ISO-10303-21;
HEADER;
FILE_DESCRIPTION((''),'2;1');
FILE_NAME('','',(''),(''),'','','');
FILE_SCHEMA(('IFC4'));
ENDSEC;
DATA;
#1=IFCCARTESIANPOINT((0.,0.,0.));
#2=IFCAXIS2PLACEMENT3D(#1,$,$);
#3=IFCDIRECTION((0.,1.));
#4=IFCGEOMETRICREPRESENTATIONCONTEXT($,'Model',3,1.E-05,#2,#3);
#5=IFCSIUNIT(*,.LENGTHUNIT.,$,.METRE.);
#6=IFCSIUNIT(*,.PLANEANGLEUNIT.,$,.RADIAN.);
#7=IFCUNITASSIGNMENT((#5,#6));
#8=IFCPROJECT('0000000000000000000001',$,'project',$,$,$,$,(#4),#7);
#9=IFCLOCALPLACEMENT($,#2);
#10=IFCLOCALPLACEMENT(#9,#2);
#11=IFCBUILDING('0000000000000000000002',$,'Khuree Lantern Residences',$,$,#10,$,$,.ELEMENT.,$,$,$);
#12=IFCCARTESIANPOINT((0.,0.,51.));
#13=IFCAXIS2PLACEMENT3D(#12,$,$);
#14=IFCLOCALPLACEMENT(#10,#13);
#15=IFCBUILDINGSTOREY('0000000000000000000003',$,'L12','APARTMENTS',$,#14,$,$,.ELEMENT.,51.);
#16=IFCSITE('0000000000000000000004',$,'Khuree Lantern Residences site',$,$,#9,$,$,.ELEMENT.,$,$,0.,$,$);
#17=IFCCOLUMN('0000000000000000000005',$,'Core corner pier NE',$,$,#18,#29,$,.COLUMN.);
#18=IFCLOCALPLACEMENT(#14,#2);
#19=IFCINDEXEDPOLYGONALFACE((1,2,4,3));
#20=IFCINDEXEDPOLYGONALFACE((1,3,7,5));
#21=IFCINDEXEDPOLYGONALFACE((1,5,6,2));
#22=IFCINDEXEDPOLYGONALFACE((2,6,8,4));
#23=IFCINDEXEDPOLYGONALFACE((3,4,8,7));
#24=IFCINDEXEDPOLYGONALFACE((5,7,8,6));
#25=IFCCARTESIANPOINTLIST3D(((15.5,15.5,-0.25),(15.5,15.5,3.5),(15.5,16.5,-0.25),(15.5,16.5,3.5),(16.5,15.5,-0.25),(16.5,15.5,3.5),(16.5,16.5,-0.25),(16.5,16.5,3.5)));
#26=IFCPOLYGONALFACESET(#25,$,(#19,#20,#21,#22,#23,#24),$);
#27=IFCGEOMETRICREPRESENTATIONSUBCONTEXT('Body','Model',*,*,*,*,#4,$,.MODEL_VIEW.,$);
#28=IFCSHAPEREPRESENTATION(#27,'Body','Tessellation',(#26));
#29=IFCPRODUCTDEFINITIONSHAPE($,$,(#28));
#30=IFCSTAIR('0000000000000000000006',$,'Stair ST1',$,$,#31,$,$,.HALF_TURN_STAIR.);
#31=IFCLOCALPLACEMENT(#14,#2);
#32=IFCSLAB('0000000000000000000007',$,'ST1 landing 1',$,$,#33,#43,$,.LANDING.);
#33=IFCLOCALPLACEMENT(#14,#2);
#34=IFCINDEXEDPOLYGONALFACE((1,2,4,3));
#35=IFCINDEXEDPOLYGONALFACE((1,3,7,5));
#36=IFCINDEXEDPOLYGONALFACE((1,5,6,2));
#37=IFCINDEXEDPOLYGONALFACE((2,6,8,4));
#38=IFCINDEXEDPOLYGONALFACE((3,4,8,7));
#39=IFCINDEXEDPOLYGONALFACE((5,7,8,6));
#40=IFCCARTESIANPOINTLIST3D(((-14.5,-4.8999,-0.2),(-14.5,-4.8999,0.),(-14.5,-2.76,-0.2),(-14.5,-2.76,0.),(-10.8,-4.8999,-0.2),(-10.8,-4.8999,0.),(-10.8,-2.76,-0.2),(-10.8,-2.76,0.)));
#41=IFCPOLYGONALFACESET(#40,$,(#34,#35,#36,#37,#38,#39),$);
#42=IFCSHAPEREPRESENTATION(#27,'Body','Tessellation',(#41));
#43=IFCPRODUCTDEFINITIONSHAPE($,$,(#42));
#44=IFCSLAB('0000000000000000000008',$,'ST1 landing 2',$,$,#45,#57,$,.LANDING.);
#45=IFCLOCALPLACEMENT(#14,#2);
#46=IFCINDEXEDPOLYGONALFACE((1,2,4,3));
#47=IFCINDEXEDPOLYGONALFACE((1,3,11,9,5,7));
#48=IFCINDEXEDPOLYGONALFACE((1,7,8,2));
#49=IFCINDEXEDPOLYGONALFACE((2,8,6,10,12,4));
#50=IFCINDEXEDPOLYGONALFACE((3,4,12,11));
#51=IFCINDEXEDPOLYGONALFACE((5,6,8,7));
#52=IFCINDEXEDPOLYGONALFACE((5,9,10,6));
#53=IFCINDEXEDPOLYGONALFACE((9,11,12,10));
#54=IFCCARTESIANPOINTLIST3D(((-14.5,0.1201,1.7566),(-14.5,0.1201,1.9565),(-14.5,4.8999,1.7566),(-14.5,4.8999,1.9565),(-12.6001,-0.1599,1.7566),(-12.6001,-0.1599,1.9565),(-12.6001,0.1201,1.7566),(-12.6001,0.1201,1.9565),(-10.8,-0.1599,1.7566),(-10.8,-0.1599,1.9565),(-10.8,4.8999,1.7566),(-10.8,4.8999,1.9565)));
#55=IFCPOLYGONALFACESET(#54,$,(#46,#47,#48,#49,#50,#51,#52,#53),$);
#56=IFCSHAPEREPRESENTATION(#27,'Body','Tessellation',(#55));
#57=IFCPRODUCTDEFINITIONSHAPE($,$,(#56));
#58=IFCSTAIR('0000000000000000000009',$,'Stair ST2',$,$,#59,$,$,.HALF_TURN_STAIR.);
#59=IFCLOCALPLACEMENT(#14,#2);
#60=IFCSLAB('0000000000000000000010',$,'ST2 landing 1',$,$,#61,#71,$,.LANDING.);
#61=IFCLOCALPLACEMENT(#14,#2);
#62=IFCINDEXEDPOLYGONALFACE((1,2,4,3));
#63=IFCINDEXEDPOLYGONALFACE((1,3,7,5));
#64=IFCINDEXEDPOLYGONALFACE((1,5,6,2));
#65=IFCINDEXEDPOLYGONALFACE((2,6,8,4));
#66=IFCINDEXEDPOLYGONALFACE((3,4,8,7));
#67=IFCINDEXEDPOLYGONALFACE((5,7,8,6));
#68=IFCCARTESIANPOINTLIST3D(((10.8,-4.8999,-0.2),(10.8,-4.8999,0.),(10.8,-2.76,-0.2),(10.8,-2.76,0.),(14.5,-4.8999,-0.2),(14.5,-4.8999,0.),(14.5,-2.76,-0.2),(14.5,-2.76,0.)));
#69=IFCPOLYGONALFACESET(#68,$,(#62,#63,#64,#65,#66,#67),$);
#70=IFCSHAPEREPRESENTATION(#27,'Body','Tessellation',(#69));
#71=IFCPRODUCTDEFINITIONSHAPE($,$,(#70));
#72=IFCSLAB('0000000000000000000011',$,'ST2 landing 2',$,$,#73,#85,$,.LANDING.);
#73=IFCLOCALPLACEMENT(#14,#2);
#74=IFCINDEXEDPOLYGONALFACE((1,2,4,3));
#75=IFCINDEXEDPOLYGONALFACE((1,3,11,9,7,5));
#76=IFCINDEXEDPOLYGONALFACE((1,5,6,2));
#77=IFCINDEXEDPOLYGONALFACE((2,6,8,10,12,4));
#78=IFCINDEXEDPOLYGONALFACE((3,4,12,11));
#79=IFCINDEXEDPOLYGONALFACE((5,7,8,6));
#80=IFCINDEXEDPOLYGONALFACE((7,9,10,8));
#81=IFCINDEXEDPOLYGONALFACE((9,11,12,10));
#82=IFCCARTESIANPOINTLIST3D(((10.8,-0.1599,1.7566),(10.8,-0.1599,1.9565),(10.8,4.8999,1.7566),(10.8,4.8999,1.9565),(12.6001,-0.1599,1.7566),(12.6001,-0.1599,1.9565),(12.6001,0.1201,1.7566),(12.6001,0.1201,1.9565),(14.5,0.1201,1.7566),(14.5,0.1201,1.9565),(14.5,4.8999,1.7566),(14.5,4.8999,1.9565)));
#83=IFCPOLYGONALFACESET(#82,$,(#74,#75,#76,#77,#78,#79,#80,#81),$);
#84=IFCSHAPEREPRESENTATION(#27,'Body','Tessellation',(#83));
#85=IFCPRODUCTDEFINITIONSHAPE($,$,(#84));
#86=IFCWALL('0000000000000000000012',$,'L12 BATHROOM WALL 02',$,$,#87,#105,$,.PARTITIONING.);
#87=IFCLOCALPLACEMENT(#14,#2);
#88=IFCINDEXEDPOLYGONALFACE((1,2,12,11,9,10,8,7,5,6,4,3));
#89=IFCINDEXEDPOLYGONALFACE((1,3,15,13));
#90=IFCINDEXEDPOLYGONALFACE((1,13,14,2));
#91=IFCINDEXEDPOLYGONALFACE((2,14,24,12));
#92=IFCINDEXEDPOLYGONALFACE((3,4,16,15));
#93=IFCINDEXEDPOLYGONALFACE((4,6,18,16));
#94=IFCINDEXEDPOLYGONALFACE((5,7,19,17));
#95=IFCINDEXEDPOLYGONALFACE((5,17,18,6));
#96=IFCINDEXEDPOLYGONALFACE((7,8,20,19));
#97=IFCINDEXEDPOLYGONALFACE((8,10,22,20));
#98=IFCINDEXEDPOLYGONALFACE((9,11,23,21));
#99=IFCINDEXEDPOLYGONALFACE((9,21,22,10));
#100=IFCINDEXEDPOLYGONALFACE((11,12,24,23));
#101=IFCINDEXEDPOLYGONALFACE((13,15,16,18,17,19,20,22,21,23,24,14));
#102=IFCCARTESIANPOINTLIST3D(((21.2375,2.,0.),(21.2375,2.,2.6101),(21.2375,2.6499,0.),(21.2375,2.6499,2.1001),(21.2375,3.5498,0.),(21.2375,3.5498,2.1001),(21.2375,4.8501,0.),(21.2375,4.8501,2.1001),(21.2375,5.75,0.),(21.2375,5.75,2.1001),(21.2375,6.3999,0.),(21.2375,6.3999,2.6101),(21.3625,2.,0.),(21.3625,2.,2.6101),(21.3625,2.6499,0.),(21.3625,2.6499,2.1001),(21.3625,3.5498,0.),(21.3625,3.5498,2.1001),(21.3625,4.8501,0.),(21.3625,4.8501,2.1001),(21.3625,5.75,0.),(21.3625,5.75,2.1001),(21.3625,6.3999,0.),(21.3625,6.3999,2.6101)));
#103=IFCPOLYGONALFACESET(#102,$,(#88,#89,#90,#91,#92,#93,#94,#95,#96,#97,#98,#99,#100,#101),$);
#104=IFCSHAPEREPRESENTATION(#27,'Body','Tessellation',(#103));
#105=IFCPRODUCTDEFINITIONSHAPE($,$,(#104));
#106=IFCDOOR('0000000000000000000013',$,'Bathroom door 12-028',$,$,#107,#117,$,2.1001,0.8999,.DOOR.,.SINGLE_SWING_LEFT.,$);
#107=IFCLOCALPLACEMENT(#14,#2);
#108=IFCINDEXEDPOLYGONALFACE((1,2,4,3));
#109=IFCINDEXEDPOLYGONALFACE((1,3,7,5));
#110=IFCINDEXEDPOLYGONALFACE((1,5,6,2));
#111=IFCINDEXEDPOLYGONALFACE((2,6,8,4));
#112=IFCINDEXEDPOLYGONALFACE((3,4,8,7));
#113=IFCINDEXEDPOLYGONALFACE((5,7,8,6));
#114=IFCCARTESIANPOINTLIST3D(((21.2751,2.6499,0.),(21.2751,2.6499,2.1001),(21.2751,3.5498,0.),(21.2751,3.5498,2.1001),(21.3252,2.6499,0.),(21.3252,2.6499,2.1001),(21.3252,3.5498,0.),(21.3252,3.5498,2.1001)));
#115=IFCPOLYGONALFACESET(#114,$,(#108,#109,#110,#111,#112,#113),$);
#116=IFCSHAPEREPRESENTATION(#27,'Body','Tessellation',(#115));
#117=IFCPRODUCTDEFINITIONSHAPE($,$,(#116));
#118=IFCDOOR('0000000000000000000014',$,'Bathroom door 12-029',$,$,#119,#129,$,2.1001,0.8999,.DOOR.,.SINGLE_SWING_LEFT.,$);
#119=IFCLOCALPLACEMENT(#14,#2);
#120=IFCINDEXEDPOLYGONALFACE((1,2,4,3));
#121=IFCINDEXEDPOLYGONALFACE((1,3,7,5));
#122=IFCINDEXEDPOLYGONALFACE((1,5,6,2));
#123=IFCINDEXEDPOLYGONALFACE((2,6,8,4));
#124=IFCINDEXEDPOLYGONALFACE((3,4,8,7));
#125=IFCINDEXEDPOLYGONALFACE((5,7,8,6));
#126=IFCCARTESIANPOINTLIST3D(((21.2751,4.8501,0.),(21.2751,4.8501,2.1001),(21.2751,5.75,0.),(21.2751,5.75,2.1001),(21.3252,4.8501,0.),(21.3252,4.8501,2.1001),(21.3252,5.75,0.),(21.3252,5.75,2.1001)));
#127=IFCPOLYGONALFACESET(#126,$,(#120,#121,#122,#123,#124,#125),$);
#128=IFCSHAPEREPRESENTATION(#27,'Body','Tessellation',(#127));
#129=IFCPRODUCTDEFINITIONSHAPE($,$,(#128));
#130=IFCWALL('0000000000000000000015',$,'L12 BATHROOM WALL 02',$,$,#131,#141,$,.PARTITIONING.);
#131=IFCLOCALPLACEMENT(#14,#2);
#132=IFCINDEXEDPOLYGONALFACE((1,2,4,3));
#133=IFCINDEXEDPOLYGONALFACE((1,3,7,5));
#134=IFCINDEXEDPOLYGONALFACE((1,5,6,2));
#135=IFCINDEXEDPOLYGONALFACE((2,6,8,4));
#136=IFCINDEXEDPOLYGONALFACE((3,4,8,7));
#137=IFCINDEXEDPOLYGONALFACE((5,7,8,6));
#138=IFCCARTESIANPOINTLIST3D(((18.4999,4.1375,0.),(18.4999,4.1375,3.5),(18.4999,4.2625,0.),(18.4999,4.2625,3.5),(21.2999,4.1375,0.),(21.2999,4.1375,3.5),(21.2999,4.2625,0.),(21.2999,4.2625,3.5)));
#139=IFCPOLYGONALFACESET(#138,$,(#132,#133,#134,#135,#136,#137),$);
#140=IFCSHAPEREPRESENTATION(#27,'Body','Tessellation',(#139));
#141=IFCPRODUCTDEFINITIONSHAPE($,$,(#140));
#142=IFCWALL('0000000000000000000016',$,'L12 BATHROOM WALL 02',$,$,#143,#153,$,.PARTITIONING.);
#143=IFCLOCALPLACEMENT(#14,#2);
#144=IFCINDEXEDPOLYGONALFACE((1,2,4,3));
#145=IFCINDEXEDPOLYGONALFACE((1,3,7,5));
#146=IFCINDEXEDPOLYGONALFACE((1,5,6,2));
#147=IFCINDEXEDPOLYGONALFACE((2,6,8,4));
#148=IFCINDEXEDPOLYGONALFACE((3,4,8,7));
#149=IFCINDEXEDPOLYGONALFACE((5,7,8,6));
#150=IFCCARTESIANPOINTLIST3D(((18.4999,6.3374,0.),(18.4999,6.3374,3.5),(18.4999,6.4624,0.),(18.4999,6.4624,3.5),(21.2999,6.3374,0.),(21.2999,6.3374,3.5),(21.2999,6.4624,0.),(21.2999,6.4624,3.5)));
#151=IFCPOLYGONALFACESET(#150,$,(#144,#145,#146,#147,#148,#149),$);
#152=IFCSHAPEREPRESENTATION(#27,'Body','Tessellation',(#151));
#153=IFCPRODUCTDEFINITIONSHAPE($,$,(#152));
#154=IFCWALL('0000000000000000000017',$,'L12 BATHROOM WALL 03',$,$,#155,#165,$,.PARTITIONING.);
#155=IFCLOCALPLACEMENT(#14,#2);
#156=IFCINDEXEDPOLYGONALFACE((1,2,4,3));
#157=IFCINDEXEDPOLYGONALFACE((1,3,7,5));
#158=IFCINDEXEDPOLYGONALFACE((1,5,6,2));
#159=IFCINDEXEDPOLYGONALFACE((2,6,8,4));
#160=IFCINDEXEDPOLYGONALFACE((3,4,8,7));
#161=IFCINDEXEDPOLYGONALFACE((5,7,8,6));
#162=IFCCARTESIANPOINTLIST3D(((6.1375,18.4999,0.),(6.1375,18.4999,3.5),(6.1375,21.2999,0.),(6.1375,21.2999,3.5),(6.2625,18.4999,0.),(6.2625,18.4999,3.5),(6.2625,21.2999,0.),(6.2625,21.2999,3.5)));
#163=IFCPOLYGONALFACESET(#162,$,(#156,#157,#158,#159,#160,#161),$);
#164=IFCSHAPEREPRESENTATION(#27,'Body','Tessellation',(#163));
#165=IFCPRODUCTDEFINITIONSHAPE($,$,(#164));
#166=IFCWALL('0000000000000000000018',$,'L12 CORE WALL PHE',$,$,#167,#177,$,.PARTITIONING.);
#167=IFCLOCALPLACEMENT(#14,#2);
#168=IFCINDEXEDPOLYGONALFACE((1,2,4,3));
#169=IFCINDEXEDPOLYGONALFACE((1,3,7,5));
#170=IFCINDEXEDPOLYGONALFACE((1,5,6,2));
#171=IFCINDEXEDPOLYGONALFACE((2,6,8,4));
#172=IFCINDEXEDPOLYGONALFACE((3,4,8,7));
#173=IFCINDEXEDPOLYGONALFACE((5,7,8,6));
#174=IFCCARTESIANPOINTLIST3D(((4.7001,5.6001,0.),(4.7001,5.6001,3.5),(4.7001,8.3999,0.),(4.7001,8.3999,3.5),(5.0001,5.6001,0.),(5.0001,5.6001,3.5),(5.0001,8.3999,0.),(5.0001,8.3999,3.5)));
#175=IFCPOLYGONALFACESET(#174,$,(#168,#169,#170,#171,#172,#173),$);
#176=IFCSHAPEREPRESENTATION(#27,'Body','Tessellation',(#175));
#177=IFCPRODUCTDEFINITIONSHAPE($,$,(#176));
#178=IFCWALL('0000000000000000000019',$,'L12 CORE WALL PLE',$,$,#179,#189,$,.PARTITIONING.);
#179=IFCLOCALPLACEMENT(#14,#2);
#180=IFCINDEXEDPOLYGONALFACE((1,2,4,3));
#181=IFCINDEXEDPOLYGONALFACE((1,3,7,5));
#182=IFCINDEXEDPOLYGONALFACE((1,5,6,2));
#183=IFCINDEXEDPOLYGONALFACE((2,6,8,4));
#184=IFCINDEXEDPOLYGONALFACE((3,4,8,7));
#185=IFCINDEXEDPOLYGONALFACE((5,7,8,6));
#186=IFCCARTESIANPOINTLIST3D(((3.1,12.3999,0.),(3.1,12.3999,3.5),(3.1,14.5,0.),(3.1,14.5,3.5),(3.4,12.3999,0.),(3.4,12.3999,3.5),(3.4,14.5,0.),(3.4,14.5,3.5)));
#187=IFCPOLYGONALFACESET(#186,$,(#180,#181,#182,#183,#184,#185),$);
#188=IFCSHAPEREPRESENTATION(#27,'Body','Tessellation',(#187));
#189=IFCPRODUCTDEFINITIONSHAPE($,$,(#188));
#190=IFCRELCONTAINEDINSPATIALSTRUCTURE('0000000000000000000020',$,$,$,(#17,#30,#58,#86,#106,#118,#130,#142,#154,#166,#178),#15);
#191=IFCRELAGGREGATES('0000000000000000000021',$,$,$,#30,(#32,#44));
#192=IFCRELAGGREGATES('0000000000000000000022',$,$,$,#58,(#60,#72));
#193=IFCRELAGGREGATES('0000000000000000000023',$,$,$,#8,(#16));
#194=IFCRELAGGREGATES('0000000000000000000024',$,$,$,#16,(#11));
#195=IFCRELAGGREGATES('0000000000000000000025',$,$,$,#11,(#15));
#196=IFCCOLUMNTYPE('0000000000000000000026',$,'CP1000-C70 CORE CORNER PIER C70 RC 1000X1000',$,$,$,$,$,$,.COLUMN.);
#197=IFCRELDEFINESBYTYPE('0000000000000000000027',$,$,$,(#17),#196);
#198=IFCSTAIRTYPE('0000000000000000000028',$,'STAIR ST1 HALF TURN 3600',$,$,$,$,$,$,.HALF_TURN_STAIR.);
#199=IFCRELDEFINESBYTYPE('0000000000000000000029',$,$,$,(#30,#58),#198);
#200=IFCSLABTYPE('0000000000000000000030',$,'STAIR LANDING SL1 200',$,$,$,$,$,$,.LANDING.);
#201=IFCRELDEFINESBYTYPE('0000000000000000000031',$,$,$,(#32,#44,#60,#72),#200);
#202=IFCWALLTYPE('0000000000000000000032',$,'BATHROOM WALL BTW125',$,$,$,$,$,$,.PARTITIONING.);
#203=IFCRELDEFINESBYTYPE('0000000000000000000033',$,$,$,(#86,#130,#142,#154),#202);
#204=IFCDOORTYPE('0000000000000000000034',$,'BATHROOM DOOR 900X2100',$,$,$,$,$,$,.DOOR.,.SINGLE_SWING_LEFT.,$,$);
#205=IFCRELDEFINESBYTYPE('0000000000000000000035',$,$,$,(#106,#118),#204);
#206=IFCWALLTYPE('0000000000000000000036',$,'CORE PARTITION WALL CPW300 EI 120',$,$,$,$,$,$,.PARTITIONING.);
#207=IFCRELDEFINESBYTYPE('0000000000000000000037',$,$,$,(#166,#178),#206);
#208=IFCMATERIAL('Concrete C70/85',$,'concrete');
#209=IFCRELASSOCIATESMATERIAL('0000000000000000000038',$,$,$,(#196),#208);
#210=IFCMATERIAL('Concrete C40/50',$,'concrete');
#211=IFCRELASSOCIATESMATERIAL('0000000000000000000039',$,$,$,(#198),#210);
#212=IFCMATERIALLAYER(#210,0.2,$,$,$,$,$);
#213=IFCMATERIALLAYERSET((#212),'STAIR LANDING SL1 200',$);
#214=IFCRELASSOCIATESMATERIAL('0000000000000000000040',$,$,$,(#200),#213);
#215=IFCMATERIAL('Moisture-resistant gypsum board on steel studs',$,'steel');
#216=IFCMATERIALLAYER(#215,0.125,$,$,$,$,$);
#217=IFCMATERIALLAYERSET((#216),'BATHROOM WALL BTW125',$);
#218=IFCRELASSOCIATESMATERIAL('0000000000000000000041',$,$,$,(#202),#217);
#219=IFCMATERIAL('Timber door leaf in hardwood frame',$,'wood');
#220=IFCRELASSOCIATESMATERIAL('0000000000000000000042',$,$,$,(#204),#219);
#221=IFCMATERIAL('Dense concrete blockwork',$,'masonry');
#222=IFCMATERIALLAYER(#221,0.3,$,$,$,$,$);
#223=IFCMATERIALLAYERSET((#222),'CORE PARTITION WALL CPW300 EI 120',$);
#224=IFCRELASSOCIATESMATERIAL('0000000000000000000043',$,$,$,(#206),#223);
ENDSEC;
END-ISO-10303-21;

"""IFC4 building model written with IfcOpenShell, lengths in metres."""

from ifc_helpers import new_model, si_unit, direction, frame, frame_2d, origin, origin_2d, place, context, subcontext, project, spatial, polyline, rectangle, outline, extrude, material, layer, layer_set, material_profile, profile_set, type_object, element, fill, aggregate, save


model = new_model("IFC4")

# Units and contexts
model_context = context("Model", 3, precision=1e-05, world=origin(), true_north=direction((0.0, 1.0)))
body_context = subcontext(model_context, "Body", "Model", "MODEL_VIEW")
ifc_project = project(units=[si_unit("LENGTHUNIT", "METRE"), si_unit("PLANEANGLEUNIT", "RADIAN")], contexts=[model_context])

# Site, building, storey
site_placement = place(None, origin())
site = spatial("IfcSite", under=ifc_project, at=site_placement, Name="Khuree Lantern Residences site", CompositionType="ELEMENT", RefElevation=0.0)
building_placement = place(site_placement, origin())
building = spatial("IfcBuilding", under=site, at=building_placement, Name="Khuree Lantern Residences", CompositionType="ELEMENT")
storey_placement = place(building_placement, frame((0.0, 0.0, 51.0)))
storey = spatial("IfcBuildingStorey", under=building, at=storey_placement, Name="L12", Description="APARTMENTS", CompositionType="ELEMENT", Elevation=51.0)

# Column
ifc_material_1 = material(Name="Concrete C70/85", Category="concrete")
ifc_material_profile = material_profile(ifc_material_1, rectangle(XDim=1.0, YDim=1.0, at=origin_2d()), Name="RC 1000X1000")
ifc_profile_set = profile_set([ifc_material_profile], Name="Concrete C70/85")
column_type = type_object("IfcColumnType", Name="CP1000-C70 CORE CORNER PIER C70 RC 1000X1000", PredefinedType="COLUMN", material=ifc_profile_set)
column_placement = place(storey_placement, frame((16.0, 16.0, -0.25), z_axis=(0.0, 0.0, 1.0), x_axis=(1.0, 0.0, 0.0)))
element("IfcColumn", 1, at=column_placement, inside=storey, type_object=column_type, Name="Core corner pier NE", PredefinedType="COLUMN", context=body_context, shape_type="SweptSolid", body=[
    extrude(rectangle(XDim=1.0, YDim=1.0, at=origin_2d()), origin(), (0.0, 0.0, 1.0), 3.75),
])

# Stairs, slabs
ifc_material_2 = material(Name="Concrete C40/50", Category="concrete")
stair_type = type_object("IfcStairType", Name="STAIR ST1 HALF TURN 3600", PredefinedType="HALF_TURN_STAIR", material=ifc_material_2)
stair_1_placement = place(storey_placement, origin())
stair_1 = element("IfcStair", 2, at=stair_1_placement, inside=storey, type_object=stair_type, Name="Stair ST1", PredefinedType="HALF_TURN_STAIR")
ifc_layer_1 = layer(ifc_material_2, 0.2)
ifc_layer_set_1 = layer_set([ifc_layer_1], Name="STAIR LANDING SL1 200")
slab_type = type_object("IfcSlabType", Name="STAIR LANDING SL1 200", PredefinedType="LANDING", material=ifc_layer_set_1)
slab_1_placement = place(storey_placement, frame((0.0, 0.0, -0.2)))
slab_1 = element("IfcSlab", 3, at=slab_1_placement, type_object=slab_type, Name="ST1 landing 1", PredefinedType="LANDING", context=body_context, shape_type="SweptSolid", body=[
    extrude(outline(polyline([(-14.5, -4.8999), (-10.8, -4.8999), (-10.8, -2.76), (-14.5, -2.76), (-14.5, -4.8999)])), origin(), (0.0, 0.0, 1.0), 0.2),
])
slab_2_placement = place(storey_placement, frame((0.0, 0.0, 1.7566)))
slab_2 = element("IfcSlab", 4, at=slab_2_placement, type_object=slab_type, Name="ST1 landing 2", PredefinedType="LANDING", context=body_context, shape_type="SweptSolid", body=[
    extrude(outline(polyline([(-14.5, 0.1201), (-14.5, 4.8999), (-10.8, 4.8999), (-10.8, -0.1599), (-12.6001, -0.1599), (-12.6001, 0.1201), (-14.5, 0.1201)])), origin(), (0.0, 0.0, 1.0), 0.2),
])
aggregate(stair_1, [slab_1, slab_2])
stair_2_placement = place(storey_placement, origin())
stair_2 = element("IfcStair", 5, at=stair_2_placement, inside=storey, type_object=stair_type, Name="Stair ST2", PredefinedType="HALF_TURN_STAIR")
slab_3_placement = place(storey_placement, frame((0.0, 0.0, -0.2)))
slab_3 = element("IfcSlab", 6, at=slab_3_placement, type_object=slab_type, Name="ST2 landing 1", PredefinedType="LANDING", context=body_context, shape_type="SweptSolid", body=[
    extrude(outline(polyline([(10.8, -4.8999), (14.5, -4.8999), (14.5, -2.76), (10.8, -2.76), (10.8, -4.8999)])), origin(), (0.0, 0.0, 1.0), 0.2),
])
slab_4_placement = place(storey_placement, frame((0.0, 0.0, 1.7566)))
slab_4 = element("IfcSlab", 7, at=slab_4_placement, type_object=slab_type, Name="ST2 landing 2", PredefinedType="LANDING", context=body_context, shape_type="SweptSolid", body=[
    extrude(outline(polyline([(14.5, 4.8999), (14.5, 0.1201), (12.6001, 0.1201), (12.6001, -0.1599), (10.8, -0.1599), (10.8, 4.8999), (14.5, 4.8999)])), origin(), (0.0, 0.0, 1.0), 0.2),
])

# Wall, openings, doors
ifc_material_3 = material(Name="Moisture-resistant gypsum board on steel studs", Category="steel")
ifc_layer_2 = layer(ifc_material_3, 0.125)
ifc_layer_set_2 = layer_set([ifc_layer_2], Name="BATHROOM WALL BTW125")
wall_type_1 = type_object("IfcWallType", Name="BATHROOM WALL BTW125", PredefinedType="PARTITIONING", material=ifc_layer_set_2)
wall_1_placement = place(storey_placement, frame((21.3, 2.0, 0.0), z_axis=(0.0, 0.0, 1.0), x_axis=(0.0, 1.0, 0.0)))
wall_1 = element("IfcWall", 8, at=wall_1_placement, inside=storey, type_object=wall_type_1, Name="L12 BATHROOM WALL 02", PredefinedType="PARTITIONING", context=body_context, shape_type="SweptSolid", body=[
    extrude(rectangle(XDim=4.3999, YDim=0.125, at=frame_2d((2.2, 0.0))), origin(), (0.0, 0.0, 1.0), 2.6101),
])
opening_1_placement = place(wall_1_placement, frame((0.6499, 0.0, 0.0)))
opening_1 = element("IfcOpeningElement", 9, at=opening_1_placement, cuts=wall_1, PredefinedType="OPENING", context=body_context, shape_type="SweptSolid", body=[
    extrude(rectangle(XDim=0.8999, YDim=2.1001, at=frame_2d((0.45, 1.05))), frame((0.0, 0.0725, 0.0), z_axis=(0.0, -1.0, 0.0), x_axis=(1.0, 0.0, 0.0)), (0.0, 0.0, 1.0), 0.145),
])
opening_2_placement = place(wall_1_placement, frame((2.8501, 0.0, 0.0)))
opening_2 = element("IfcOpeningElement", 10, at=opening_2_placement, cuts=wall_1, PredefinedType="OPENING", context=body_context, shape_type="SweptSolid", body=[
    extrude(rectangle(XDim=0.8999, YDim=2.1001, at=frame_2d((0.45, 1.05))), frame((0.0, 0.0725, 0.0), z_axis=(0.0, -1.0, 0.0), x_axis=(1.0, 0.0, 0.0)), (0.0, 0.0, 1.0), 0.145),
])
ifc_material_4 = material(Name="Timber door leaf in hardwood frame", Category="wood")
door_type_1 = type_object("IfcDoorType", Name="BATHROOM DOOR 900X2100", OperationType="SINGLE_SWING_LEFT", PredefinedType="DOOR", material=ifc_material_4)
door_1_placement = place(opening_1_placement, origin())
door_1 = element("IfcDoor", 11, at=door_1_placement, inside=storey, type_object=door_type_1, Name="Bathroom door 12-028", OperationType="SINGLE_SWING_LEFT", OverallHeight=2.1001, OverallWidth=0.8999, PredefinedType="DOOR", context=body_context, shape_type="SweptSolid", body=[
    extrude(rectangle(XDim=0.8999, YDim=2.1001, at=frame_2d((0.45, 1.05))), frame((0.0, 0.0249, 0.0), z_axis=(0.0, -1.0, 0.0), x_axis=(1.0, 0.0, 0.0)), (0.0, 0.0, 1.0), 0.05),
])
fill(opening_1, door_1)
door_2_placement = place(opening_2_placement, origin())
door_2 = element("IfcDoor", 12, at=door_2_placement, inside=storey, type_object=door_type_1, Name="Bathroom door 12-029", OperationType="SINGLE_SWING_LEFT", OverallHeight=2.1001, OverallWidth=0.8999, PredefinedType="DOOR", context=body_context, shape_type="SweptSolid", body=[
    extrude(rectangle(XDim=0.8999, YDim=2.1001, at=frame_2d((0.45, 1.05))), frame((0.0, 0.0249, 0.0), z_axis=(0.0, -1.0, 0.0), x_axis=(1.0, 0.0, 0.0)), (0.0, 0.0, 1.0), 0.05),
])
fill(opening_2, door_2)

# Walls
for number, where, z_axis, x_axis, name in (
    (13, (18.5, 4.2, 0.0), (0.0, 0.0, 1.0), (1.0, 0.0, 0.0), "L12 BATHROOM WALL 02"),
    (14, (18.5, 6.3999, 0.0), (0.0, 0.0, 1.0), (1.0, 0.0, 0.0), "L12 BATHROOM WALL 02"),
    (15, (6.2, 18.5, 0.0), (0.0, 0.0, 1.0), (0.0, 1.0, 0.0), "L12 BATHROOM WALL 03"),
):
    element("IfcWall", number, at=place(storey_placement, frame(where, z_axis=z_axis, x_axis=x_axis)), inside=storey, type_object=wall_type_1, Name=name, PredefinedType="PARTITIONING", context=body_context, shape_type="SweptSolid", body=[
        extrude(rectangle(XDim=2.8, YDim=0.125, at=frame_2d((1.3999, 0.0))), origin(), (0.0, 0.0, 1.0), 3.5),
    ])
ifc_material_5 = material(Name="Dense concrete blockwork", Category="masonry")
ifc_layer_3 = layer(ifc_material_5, 0.3)
ifc_layer_set_3 = layer_set([ifc_layer_3], Name="CORE PARTITION WALL CPW300 EI 120")
wall_type_2 = type_object("IfcWallType", Name="CORE PARTITION WALL CPW300 EI 120", PredefinedType="PARTITIONING", material=ifc_layer_set_3)
wall_2_placement = place(storey_placement, frame((4.8501, 5.6001, 0.0), z_axis=(0.0, 0.0, 1.0), x_axis=(0.0, 1.0, 0.0)))
element("IfcWall", 16, at=wall_2_placement, inside=storey, type_object=wall_type_2, Name="L12 CORE WALL PHE", PredefinedType="PARTITIONING", context=body_context, shape_type="SweptSolid", body=[
    extrude(rectangle(XDim=2.7998, YDim=0.3, at=frame_2d((1.3999, 0.0))), origin(), (0.0, 0.0, 1.0), 3.5),
])
wall_3_placement = place(storey_placement, frame((3.25, 12.3999, 0.0), z_axis=(0.0, 0.0, 1.0), x_axis=(0.0, 1.0, 0.0)))
element("IfcWall", 17, at=wall_3_placement, inside=storey, type_object=wall_type_2, Name="L12 CORE WALL PLE", PredefinedType="PARTITIONING", context=body_context, shape_type="SweptSolid", body=[
    extrude(rectangle(XDim=2.1001, YDim=0.3, at=frame_2d((1.05, 0.0))), origin(), (0.0, 0.0, 1.0), 3.5),
])

aggregate(stair_2, [slab_3, slab_4])

save(model, "model.ifc")
